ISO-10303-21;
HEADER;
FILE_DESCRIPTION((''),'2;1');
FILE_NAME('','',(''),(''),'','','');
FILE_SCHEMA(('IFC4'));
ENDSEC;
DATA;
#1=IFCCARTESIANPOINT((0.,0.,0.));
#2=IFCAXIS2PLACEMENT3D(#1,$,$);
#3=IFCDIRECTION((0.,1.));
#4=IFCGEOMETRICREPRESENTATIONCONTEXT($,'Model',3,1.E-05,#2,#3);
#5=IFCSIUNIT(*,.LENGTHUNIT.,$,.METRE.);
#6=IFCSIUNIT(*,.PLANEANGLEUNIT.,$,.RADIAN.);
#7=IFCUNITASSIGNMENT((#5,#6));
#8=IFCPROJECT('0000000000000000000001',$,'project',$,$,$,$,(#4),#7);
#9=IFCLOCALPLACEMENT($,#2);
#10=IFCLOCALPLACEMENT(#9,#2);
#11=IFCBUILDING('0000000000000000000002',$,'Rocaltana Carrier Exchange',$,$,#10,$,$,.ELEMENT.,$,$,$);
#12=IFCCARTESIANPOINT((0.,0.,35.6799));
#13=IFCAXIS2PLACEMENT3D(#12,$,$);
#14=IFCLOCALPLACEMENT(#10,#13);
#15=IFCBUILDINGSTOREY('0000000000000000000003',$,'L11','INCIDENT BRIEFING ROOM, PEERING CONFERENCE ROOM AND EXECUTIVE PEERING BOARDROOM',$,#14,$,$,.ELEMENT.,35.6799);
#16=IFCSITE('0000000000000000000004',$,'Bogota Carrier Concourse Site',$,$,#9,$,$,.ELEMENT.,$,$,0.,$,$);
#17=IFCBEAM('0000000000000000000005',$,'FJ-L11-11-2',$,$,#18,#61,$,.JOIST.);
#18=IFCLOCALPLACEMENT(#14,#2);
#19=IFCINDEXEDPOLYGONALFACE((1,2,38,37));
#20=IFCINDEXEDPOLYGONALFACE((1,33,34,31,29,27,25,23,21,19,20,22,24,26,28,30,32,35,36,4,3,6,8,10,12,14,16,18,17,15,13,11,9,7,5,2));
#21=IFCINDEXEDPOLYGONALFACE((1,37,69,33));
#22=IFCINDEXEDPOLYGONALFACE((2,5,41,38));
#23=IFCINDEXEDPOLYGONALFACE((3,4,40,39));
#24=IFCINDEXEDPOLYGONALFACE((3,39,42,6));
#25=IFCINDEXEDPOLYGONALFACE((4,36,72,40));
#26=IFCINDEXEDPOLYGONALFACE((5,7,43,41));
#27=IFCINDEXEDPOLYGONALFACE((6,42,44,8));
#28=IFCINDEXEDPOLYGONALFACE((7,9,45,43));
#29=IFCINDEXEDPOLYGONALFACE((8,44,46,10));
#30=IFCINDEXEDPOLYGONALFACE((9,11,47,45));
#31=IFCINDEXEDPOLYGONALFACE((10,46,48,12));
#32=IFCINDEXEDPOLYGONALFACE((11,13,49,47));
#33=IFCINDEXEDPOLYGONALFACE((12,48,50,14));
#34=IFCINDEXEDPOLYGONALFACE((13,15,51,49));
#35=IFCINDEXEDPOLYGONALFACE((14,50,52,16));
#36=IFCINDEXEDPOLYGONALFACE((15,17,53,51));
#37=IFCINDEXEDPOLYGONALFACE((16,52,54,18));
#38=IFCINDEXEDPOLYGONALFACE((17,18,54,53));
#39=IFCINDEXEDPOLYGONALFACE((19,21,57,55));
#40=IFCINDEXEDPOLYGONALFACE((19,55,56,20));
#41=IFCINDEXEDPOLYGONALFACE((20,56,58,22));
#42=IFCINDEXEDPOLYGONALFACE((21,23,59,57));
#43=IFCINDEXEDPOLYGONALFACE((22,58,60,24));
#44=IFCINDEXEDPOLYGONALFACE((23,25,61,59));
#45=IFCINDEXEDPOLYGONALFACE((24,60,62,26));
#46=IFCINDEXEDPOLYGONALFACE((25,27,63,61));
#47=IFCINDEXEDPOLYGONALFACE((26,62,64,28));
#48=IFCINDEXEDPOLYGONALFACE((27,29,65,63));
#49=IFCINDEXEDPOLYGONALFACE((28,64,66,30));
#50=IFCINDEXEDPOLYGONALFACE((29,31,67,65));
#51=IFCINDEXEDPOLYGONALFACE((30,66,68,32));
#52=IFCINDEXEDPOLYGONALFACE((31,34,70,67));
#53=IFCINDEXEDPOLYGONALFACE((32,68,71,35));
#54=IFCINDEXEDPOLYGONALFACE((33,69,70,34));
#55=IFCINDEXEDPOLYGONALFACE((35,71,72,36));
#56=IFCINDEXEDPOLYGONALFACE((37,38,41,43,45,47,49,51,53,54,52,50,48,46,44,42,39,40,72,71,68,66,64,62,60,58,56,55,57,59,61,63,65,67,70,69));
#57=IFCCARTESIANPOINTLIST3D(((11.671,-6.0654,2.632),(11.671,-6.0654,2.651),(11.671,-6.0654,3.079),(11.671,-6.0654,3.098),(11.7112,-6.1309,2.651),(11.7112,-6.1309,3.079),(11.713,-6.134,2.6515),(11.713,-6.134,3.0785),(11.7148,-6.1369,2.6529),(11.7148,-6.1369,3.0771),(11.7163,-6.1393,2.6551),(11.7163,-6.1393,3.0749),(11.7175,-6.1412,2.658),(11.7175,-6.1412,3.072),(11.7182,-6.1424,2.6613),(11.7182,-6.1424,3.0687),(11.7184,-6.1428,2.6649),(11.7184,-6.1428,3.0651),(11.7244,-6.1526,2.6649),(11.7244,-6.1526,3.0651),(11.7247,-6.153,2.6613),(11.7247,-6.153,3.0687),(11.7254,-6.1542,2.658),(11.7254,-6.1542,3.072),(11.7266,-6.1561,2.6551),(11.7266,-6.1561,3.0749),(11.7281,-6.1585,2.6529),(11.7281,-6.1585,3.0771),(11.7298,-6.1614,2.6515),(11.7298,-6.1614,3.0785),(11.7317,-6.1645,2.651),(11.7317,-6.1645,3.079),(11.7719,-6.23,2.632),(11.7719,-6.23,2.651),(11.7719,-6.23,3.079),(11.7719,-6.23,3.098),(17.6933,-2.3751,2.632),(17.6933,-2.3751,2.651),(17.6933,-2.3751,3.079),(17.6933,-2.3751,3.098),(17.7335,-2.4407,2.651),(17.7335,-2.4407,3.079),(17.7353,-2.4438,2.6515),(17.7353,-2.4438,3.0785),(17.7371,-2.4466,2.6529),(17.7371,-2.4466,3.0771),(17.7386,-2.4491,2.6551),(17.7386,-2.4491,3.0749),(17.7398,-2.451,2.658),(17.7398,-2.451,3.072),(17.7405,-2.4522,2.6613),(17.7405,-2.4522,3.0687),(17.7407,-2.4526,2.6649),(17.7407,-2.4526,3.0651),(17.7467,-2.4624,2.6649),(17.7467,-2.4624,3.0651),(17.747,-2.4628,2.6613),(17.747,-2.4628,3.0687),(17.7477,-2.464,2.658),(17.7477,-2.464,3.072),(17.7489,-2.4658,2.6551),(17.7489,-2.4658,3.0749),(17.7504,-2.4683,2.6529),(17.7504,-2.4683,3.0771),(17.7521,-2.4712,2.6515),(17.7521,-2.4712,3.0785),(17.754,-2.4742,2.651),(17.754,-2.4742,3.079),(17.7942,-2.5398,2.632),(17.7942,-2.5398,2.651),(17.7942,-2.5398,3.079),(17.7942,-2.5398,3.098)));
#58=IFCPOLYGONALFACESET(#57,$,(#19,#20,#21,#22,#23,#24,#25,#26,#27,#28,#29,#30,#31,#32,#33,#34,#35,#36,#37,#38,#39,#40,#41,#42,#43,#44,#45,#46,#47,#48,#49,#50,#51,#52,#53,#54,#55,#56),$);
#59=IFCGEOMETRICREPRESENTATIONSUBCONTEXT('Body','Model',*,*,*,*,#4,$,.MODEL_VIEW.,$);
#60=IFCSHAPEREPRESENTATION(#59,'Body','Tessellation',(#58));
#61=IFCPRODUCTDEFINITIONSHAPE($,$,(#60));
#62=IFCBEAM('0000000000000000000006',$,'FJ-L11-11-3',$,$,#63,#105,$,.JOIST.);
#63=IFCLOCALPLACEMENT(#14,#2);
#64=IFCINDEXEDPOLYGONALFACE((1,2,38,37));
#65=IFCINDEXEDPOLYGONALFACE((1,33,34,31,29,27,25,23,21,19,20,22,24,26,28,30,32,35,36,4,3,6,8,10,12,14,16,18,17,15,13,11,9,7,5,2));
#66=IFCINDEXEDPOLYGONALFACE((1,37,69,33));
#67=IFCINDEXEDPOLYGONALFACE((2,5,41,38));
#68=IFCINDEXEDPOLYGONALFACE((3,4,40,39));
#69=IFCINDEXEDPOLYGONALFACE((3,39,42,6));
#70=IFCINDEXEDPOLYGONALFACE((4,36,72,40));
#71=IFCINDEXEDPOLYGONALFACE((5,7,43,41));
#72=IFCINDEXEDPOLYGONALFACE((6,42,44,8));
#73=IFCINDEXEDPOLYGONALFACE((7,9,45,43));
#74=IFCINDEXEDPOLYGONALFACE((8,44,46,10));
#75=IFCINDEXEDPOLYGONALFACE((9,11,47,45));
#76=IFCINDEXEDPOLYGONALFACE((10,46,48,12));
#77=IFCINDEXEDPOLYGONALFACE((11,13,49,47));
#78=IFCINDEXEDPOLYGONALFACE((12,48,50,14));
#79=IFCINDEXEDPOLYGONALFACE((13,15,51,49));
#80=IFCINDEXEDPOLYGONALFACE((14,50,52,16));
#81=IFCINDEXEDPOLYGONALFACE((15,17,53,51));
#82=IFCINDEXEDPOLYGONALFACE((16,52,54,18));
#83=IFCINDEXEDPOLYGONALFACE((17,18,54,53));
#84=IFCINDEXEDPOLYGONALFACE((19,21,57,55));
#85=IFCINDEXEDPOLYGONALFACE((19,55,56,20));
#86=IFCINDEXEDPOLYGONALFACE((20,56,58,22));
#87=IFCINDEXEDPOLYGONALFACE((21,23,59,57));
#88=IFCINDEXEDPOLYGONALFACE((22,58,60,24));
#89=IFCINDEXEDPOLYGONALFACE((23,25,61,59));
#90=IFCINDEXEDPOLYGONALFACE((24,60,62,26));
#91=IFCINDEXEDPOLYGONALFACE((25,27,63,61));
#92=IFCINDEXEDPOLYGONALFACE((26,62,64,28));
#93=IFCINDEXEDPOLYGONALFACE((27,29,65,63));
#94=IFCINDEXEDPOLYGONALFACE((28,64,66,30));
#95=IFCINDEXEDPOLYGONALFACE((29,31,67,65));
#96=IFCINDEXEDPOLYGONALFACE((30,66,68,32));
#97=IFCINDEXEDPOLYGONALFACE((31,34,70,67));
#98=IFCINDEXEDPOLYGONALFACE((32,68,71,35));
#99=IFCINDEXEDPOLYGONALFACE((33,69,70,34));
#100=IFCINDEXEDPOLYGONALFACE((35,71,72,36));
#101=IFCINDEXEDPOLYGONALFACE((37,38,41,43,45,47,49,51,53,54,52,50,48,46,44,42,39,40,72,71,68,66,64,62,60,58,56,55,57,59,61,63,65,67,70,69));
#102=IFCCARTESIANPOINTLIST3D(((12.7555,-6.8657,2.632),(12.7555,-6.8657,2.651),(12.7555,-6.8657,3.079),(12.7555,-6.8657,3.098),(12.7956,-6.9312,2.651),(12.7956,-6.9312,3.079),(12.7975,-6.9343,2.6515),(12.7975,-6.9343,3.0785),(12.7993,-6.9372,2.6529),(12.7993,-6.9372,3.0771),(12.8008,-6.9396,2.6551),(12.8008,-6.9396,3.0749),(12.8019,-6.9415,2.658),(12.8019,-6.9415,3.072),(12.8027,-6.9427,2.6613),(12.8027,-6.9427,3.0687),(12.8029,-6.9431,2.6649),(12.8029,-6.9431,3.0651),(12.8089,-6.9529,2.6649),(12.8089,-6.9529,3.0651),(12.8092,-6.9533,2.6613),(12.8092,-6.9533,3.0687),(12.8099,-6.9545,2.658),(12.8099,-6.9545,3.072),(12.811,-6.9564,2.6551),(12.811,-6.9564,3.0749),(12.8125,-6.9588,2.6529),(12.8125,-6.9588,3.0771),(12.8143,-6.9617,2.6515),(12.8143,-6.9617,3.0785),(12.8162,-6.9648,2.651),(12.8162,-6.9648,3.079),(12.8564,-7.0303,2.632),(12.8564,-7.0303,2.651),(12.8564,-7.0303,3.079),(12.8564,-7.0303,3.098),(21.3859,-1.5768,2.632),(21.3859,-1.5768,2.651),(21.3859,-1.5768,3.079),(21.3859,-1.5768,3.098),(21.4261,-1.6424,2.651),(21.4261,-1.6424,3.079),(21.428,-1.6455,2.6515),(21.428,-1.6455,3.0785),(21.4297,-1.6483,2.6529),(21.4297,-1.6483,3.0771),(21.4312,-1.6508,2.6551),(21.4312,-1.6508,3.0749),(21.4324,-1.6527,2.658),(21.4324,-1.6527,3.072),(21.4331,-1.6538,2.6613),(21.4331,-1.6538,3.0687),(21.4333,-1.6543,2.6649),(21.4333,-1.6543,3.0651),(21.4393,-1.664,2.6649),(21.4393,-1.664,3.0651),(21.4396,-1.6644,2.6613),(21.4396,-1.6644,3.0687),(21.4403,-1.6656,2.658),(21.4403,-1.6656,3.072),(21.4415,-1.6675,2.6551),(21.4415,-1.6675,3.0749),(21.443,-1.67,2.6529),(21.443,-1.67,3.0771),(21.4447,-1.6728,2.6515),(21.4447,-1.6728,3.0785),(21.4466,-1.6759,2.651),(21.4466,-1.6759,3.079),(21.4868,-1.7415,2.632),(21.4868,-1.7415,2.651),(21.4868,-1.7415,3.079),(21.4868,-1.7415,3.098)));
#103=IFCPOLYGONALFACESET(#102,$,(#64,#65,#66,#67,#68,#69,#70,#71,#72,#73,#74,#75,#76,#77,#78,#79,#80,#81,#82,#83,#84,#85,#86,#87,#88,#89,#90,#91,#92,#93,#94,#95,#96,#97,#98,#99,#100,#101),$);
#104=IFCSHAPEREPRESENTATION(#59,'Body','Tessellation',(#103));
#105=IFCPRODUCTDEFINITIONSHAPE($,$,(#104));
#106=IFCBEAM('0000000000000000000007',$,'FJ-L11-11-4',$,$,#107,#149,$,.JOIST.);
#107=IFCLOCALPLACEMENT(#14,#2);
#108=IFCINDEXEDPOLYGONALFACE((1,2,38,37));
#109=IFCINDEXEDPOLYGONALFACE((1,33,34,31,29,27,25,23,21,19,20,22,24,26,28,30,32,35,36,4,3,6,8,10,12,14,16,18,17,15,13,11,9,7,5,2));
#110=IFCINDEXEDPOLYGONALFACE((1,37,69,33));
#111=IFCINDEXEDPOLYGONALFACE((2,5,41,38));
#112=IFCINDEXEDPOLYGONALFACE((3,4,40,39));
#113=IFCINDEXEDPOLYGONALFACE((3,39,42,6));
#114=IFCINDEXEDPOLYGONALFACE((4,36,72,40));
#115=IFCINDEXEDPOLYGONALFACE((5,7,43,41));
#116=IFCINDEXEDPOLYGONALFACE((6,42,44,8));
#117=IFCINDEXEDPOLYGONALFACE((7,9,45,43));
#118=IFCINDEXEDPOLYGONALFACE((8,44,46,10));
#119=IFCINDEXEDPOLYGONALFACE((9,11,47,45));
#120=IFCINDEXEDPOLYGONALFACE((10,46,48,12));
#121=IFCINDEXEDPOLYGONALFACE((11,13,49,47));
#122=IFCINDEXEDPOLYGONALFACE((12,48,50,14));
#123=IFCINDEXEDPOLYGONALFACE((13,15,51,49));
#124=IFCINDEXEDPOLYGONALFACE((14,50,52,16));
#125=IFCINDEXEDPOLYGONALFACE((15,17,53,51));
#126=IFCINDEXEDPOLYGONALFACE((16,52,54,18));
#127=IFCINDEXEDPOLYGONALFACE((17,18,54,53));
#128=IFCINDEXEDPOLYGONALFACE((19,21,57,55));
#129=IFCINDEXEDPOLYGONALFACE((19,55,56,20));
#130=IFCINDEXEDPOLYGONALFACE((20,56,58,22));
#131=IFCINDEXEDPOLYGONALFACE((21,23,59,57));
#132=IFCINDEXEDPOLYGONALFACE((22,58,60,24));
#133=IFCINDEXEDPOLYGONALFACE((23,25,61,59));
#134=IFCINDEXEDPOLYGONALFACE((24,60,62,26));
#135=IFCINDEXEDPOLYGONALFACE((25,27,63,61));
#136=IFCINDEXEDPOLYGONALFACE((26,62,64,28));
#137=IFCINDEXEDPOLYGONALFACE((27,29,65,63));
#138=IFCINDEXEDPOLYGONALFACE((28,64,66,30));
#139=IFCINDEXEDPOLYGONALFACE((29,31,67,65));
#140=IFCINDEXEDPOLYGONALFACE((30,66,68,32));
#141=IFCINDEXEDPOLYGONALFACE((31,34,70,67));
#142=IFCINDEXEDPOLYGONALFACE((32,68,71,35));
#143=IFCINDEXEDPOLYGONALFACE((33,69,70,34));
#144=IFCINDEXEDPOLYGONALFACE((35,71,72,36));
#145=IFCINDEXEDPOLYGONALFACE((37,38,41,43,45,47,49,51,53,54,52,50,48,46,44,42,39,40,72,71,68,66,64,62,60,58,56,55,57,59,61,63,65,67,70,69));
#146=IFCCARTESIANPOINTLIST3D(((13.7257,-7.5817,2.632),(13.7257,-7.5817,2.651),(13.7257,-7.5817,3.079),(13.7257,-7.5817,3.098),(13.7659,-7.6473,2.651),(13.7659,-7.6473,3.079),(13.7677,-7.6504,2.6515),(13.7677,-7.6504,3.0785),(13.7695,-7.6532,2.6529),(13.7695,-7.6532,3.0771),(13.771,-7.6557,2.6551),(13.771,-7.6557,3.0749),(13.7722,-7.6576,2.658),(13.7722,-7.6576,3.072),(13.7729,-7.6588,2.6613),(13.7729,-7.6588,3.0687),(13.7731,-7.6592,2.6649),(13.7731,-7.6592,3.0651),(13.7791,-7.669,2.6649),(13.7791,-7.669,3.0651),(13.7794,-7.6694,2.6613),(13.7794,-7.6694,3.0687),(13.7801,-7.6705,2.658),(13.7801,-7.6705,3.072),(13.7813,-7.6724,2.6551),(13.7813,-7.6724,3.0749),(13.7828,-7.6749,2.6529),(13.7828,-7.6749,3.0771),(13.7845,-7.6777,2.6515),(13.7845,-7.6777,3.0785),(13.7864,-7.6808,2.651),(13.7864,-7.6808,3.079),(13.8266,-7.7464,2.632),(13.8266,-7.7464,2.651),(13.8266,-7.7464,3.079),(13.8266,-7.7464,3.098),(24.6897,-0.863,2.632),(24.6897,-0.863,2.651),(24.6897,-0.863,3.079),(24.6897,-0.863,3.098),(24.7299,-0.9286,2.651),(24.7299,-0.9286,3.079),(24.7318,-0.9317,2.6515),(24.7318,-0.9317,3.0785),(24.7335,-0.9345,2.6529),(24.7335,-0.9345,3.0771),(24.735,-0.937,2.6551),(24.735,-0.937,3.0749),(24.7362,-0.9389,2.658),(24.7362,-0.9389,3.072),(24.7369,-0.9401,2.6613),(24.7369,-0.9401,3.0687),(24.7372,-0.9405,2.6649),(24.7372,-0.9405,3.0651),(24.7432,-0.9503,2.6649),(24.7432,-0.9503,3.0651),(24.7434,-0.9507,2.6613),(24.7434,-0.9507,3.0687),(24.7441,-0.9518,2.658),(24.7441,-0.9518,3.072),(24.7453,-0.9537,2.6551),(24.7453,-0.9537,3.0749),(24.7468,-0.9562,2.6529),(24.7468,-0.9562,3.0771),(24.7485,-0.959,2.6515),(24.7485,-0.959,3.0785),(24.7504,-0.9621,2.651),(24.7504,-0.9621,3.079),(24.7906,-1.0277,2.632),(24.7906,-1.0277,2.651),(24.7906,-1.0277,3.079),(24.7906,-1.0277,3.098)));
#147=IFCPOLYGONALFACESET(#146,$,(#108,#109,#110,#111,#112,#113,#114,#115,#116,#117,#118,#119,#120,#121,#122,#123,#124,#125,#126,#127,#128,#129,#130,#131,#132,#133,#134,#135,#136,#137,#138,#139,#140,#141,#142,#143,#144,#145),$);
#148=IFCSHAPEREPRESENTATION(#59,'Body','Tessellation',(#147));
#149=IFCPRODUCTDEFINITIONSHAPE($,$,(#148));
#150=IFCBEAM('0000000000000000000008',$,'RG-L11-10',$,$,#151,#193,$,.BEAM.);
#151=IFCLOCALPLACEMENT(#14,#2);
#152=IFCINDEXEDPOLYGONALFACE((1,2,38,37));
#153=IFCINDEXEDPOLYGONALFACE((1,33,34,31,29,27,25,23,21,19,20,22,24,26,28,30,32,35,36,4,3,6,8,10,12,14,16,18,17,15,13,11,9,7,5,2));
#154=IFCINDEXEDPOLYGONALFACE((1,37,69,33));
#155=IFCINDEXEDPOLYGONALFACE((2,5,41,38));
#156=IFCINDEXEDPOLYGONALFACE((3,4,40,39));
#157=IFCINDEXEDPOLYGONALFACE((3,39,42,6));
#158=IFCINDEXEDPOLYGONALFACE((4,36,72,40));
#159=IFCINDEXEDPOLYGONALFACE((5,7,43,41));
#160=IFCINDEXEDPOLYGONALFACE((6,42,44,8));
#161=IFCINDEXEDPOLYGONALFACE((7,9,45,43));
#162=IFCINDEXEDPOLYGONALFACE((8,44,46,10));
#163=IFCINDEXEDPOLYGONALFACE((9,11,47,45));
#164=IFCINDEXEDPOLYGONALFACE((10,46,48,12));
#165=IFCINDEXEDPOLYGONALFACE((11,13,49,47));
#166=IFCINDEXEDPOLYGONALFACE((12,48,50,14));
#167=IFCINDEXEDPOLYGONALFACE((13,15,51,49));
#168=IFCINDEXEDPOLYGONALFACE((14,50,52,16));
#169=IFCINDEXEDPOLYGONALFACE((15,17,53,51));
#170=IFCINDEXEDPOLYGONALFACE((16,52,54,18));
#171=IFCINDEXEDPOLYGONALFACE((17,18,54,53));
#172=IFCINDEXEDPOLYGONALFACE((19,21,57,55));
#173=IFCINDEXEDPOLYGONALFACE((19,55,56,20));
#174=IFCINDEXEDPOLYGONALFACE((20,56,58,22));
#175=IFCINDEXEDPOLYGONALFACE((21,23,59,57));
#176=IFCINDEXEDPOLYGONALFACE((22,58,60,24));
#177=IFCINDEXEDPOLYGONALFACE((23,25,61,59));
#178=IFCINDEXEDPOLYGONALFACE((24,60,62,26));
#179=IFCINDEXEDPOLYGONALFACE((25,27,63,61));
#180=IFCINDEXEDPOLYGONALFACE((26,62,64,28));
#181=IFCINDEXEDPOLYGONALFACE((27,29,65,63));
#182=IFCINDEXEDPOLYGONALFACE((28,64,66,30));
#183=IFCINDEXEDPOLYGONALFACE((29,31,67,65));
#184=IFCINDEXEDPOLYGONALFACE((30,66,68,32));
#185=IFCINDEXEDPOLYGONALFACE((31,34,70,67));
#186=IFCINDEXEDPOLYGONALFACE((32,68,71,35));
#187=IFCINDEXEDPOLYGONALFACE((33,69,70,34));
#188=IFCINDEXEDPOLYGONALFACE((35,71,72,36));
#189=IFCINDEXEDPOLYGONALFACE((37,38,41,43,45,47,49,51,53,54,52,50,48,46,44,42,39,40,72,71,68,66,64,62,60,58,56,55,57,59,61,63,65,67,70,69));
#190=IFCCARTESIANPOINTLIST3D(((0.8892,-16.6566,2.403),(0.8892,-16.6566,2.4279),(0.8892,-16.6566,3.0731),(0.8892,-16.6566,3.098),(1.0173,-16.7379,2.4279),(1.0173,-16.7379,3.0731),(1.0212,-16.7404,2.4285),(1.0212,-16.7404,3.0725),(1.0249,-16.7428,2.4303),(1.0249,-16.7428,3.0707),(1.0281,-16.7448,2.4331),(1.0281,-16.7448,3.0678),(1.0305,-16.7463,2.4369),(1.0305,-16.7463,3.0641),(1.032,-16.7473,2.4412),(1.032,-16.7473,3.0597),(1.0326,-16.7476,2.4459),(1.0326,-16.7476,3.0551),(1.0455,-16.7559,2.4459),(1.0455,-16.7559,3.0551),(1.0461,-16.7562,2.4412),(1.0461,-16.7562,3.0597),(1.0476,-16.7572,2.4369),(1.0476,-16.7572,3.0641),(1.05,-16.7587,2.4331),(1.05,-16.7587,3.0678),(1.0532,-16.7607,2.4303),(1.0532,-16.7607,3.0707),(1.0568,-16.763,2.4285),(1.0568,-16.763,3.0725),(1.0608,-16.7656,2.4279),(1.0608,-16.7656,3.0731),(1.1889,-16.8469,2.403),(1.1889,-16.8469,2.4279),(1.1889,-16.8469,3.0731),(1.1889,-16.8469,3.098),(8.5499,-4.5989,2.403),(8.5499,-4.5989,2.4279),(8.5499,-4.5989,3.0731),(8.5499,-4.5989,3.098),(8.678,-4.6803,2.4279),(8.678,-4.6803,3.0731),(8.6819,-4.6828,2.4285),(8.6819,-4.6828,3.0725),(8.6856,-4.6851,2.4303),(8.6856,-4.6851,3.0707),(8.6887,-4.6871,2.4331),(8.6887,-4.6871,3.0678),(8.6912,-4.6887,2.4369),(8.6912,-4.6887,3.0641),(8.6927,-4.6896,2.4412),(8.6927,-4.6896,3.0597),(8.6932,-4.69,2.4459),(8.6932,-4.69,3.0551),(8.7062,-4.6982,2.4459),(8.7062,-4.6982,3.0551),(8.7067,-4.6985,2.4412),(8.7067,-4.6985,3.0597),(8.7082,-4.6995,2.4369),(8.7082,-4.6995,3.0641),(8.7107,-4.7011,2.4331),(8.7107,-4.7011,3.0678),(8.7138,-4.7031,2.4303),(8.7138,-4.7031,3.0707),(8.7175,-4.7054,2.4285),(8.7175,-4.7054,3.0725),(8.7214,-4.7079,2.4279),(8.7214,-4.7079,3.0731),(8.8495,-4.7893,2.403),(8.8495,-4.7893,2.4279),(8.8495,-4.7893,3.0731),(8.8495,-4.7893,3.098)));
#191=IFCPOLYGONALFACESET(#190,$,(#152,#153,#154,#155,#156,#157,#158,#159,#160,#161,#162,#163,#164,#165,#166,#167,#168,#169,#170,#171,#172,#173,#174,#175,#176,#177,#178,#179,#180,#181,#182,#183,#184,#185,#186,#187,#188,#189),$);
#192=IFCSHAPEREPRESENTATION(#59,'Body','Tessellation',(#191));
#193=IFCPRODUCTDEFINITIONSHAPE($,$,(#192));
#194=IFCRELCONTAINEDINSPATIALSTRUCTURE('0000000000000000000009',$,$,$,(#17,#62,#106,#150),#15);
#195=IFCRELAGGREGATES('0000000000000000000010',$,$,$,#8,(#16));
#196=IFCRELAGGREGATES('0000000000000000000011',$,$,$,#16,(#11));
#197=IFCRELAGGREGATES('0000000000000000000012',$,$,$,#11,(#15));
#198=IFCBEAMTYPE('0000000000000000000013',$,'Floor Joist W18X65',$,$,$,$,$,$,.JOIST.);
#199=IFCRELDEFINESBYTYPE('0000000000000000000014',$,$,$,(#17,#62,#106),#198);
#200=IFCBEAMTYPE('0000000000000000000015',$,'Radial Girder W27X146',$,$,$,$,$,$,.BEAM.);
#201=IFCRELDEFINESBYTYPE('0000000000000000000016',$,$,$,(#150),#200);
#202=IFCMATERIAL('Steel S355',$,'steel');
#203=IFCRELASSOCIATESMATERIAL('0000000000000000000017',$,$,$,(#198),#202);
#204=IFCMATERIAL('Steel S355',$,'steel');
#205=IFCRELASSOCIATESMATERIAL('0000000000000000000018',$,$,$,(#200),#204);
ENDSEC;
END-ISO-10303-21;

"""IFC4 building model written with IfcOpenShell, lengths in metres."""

from ifc_helpers import new_model, si_unit, direction, frame, origin, origin_2d, place, context, subcontext, project, spatial, i_section, extrude, material, material_profile, profile_set, type_object, element, save


model = new_model("IFC4")

# Units and contexts
model_context = context("Model", 3, precision=1e-05, world=origin(), true_north=direction((0.0, 1.0)))
body_context = subcontext(model_context, "Body", "Model", "MODEL_VIEW")
ifc_project = project(units=[si_unit("LENGTHUNIT", "METRE"), si_unit("PLANEANGLEUNIT", "RADIAN")], contexts=[model_context])

# Site, building, storey
site_placement = place(None, origin())
site = spatial("IfcSite", under=ifc_project, at=site_placement, Name="Bogota Carrier Concourse Site", CompositionType="ELEMENT", RefElevation=0.0)
building_placement = place(site_placement, origin())
building = spatial("IfcBuilding", under=site, at=building_placement, Name="Rocaltana Carrier Exchange", CompositionType="ELEMENT")
storey_placement = place(building_placement, frame((0.0, 0.0, 35.6799)))
storey = spatial("IfcBuildingStorey", under=building, at=storey_placement, Name="L11", Description="INCIDENT BRIEFING ROOM, PEERING CONFERENCE ROOM AND EXECUTIVE PEERING BOARDROOM", CompositionType="ELEMENT", Elevation=35.6799)

# Beams
ifc_material_1 = material(Name="Steel S355", Category="steel")
ifc_material_profile_1 = material_profile(ifc_material_1, i_section(OverallWidth=0.1931, OverallDepth=0.4661, WebThickness=0.0115, FlangeThickness=0.019, FilletRadius=0.0139, at=origin_2d()), Name="W18X65")
ifc_profile_set_1 = profile_set([ifc_material_profile_1], Name="Steel S355")
beam_type_1 = type_object("IfcBeamType", Name="Floor Joist W18X65", PredefinedType="JOIST", material=ifc_profile_set_1)
beam_1_placement = place(storey_placement, frame((11.7214, -6.1477, 2.865), z_axis=(0.852655, 0.522475, 0.0), x_axis=(-0.522475, 0.852655, 0.0)))
element("IfcBeam", 1, at=beam_1_placement, inside=storey, type_object=beam_type_1, Name="FJ-L11-11-2", PredefinedType="JOIST", context=body_context, shape_type="SweptSolid", body=[
    extrude(i_section(OverallWidth=0.1931, OverallDepth=0.4661, WebThickness=0.0115, FlangeThickness=0.019, FilletRadius=0.0139, at=origin_2d()), origin(), (0.0, 0.0, 1.0), 7.063),
])
beam_2_placement = place(storey_placement, frame((12.8059, -6.948, 2.865), z_axis=(0.852635, 0.522507, 0.0), x_axis=(-0.522507, 0.852635, 0.0)))
element("IfcBeam", 2, at=beam_2_placement, inside=storey, type_object=beam_type_1, Name="FJ-L11-11-3", PredefinedType="JOIST", context=body_context, shape_type="SweptSolid", body=[
    extrude(i_section(OverallWidth=0.1931, OverallDepth=0.4661, WebThickness=0.0115, FlangeThickness=0.019, FilletRadius=0.0139, at=origin_2d()), origin(), (0.0, 0.0, 1.0), 10.1221),
])
beam_3_placement = place(storey_placement, frame((13.7761, -7.6641, 2.865), z_axis=(0.852642, 0.522495, 0.0), x_axis=(-0.522495, 0.852642, 0.0)))
element("IfcBeam", 3, at=beam_3_placement, inside=storey, type_object=beam_type_1, Name="FJ-L11-11-4", PredefinedType="JOIST", context=body_context, shape_type="SweptSolid", body=[
    extrude(i_section(OverallWidth=0.1931, OverallDepth=0.4661, WebThickness=0.0115, FlangeThickness=0.019, FilletRadius=0.0139, at=origin_2d()), origin(), (0.0, 0.0, 1.0), 12.8589),
])
ifc_material_2 = material(Name="Steel S355", Category="steel")
ifc_material_profile_2 = material_profile(ifc_material_2, i_section(OverallWidth=0.355, OverallDepth=0.6951, WebThickness=0.0154, FlangeThickness=0.0249, FilletRadius=0.0181, at=origin_2d()), Name="W27X146")
ifc_profile_set_2 = profile_set([ifc_material_profile_2], Name="Steel S355")
beam_type_2 = type_object("IfcBeamType", Name="Radial Girder W27X146", PredefinedType="BEAM", material=ifc_profile_set_2)
beam_4_placement = place(storey_placement, frame((8.6997, -4.6941, 2.7505), z_axis=(-0.536258, -0.844054, 0.0), x_axis=(0.844054, -0.536258, 0.0)))
element("IfcBeam", 4, at=beam_4_placement, inside=storey, type_object=beam_type_2, Name="RG-L11-10", PredefinedType="BEAM", context=body_context, shape_type="SweptSolid", body=[
    extrude(i_section(OverallWidth=0.355, OverallDepth=0.6951, WebThickness=0.0154, FlangeThickness=0.0249, FilletRadius=0.0181, at=origin_2d()), origin(), (0.0, 0.0, 1.0), 14.2854),
])

save(model, "model.ifc")
